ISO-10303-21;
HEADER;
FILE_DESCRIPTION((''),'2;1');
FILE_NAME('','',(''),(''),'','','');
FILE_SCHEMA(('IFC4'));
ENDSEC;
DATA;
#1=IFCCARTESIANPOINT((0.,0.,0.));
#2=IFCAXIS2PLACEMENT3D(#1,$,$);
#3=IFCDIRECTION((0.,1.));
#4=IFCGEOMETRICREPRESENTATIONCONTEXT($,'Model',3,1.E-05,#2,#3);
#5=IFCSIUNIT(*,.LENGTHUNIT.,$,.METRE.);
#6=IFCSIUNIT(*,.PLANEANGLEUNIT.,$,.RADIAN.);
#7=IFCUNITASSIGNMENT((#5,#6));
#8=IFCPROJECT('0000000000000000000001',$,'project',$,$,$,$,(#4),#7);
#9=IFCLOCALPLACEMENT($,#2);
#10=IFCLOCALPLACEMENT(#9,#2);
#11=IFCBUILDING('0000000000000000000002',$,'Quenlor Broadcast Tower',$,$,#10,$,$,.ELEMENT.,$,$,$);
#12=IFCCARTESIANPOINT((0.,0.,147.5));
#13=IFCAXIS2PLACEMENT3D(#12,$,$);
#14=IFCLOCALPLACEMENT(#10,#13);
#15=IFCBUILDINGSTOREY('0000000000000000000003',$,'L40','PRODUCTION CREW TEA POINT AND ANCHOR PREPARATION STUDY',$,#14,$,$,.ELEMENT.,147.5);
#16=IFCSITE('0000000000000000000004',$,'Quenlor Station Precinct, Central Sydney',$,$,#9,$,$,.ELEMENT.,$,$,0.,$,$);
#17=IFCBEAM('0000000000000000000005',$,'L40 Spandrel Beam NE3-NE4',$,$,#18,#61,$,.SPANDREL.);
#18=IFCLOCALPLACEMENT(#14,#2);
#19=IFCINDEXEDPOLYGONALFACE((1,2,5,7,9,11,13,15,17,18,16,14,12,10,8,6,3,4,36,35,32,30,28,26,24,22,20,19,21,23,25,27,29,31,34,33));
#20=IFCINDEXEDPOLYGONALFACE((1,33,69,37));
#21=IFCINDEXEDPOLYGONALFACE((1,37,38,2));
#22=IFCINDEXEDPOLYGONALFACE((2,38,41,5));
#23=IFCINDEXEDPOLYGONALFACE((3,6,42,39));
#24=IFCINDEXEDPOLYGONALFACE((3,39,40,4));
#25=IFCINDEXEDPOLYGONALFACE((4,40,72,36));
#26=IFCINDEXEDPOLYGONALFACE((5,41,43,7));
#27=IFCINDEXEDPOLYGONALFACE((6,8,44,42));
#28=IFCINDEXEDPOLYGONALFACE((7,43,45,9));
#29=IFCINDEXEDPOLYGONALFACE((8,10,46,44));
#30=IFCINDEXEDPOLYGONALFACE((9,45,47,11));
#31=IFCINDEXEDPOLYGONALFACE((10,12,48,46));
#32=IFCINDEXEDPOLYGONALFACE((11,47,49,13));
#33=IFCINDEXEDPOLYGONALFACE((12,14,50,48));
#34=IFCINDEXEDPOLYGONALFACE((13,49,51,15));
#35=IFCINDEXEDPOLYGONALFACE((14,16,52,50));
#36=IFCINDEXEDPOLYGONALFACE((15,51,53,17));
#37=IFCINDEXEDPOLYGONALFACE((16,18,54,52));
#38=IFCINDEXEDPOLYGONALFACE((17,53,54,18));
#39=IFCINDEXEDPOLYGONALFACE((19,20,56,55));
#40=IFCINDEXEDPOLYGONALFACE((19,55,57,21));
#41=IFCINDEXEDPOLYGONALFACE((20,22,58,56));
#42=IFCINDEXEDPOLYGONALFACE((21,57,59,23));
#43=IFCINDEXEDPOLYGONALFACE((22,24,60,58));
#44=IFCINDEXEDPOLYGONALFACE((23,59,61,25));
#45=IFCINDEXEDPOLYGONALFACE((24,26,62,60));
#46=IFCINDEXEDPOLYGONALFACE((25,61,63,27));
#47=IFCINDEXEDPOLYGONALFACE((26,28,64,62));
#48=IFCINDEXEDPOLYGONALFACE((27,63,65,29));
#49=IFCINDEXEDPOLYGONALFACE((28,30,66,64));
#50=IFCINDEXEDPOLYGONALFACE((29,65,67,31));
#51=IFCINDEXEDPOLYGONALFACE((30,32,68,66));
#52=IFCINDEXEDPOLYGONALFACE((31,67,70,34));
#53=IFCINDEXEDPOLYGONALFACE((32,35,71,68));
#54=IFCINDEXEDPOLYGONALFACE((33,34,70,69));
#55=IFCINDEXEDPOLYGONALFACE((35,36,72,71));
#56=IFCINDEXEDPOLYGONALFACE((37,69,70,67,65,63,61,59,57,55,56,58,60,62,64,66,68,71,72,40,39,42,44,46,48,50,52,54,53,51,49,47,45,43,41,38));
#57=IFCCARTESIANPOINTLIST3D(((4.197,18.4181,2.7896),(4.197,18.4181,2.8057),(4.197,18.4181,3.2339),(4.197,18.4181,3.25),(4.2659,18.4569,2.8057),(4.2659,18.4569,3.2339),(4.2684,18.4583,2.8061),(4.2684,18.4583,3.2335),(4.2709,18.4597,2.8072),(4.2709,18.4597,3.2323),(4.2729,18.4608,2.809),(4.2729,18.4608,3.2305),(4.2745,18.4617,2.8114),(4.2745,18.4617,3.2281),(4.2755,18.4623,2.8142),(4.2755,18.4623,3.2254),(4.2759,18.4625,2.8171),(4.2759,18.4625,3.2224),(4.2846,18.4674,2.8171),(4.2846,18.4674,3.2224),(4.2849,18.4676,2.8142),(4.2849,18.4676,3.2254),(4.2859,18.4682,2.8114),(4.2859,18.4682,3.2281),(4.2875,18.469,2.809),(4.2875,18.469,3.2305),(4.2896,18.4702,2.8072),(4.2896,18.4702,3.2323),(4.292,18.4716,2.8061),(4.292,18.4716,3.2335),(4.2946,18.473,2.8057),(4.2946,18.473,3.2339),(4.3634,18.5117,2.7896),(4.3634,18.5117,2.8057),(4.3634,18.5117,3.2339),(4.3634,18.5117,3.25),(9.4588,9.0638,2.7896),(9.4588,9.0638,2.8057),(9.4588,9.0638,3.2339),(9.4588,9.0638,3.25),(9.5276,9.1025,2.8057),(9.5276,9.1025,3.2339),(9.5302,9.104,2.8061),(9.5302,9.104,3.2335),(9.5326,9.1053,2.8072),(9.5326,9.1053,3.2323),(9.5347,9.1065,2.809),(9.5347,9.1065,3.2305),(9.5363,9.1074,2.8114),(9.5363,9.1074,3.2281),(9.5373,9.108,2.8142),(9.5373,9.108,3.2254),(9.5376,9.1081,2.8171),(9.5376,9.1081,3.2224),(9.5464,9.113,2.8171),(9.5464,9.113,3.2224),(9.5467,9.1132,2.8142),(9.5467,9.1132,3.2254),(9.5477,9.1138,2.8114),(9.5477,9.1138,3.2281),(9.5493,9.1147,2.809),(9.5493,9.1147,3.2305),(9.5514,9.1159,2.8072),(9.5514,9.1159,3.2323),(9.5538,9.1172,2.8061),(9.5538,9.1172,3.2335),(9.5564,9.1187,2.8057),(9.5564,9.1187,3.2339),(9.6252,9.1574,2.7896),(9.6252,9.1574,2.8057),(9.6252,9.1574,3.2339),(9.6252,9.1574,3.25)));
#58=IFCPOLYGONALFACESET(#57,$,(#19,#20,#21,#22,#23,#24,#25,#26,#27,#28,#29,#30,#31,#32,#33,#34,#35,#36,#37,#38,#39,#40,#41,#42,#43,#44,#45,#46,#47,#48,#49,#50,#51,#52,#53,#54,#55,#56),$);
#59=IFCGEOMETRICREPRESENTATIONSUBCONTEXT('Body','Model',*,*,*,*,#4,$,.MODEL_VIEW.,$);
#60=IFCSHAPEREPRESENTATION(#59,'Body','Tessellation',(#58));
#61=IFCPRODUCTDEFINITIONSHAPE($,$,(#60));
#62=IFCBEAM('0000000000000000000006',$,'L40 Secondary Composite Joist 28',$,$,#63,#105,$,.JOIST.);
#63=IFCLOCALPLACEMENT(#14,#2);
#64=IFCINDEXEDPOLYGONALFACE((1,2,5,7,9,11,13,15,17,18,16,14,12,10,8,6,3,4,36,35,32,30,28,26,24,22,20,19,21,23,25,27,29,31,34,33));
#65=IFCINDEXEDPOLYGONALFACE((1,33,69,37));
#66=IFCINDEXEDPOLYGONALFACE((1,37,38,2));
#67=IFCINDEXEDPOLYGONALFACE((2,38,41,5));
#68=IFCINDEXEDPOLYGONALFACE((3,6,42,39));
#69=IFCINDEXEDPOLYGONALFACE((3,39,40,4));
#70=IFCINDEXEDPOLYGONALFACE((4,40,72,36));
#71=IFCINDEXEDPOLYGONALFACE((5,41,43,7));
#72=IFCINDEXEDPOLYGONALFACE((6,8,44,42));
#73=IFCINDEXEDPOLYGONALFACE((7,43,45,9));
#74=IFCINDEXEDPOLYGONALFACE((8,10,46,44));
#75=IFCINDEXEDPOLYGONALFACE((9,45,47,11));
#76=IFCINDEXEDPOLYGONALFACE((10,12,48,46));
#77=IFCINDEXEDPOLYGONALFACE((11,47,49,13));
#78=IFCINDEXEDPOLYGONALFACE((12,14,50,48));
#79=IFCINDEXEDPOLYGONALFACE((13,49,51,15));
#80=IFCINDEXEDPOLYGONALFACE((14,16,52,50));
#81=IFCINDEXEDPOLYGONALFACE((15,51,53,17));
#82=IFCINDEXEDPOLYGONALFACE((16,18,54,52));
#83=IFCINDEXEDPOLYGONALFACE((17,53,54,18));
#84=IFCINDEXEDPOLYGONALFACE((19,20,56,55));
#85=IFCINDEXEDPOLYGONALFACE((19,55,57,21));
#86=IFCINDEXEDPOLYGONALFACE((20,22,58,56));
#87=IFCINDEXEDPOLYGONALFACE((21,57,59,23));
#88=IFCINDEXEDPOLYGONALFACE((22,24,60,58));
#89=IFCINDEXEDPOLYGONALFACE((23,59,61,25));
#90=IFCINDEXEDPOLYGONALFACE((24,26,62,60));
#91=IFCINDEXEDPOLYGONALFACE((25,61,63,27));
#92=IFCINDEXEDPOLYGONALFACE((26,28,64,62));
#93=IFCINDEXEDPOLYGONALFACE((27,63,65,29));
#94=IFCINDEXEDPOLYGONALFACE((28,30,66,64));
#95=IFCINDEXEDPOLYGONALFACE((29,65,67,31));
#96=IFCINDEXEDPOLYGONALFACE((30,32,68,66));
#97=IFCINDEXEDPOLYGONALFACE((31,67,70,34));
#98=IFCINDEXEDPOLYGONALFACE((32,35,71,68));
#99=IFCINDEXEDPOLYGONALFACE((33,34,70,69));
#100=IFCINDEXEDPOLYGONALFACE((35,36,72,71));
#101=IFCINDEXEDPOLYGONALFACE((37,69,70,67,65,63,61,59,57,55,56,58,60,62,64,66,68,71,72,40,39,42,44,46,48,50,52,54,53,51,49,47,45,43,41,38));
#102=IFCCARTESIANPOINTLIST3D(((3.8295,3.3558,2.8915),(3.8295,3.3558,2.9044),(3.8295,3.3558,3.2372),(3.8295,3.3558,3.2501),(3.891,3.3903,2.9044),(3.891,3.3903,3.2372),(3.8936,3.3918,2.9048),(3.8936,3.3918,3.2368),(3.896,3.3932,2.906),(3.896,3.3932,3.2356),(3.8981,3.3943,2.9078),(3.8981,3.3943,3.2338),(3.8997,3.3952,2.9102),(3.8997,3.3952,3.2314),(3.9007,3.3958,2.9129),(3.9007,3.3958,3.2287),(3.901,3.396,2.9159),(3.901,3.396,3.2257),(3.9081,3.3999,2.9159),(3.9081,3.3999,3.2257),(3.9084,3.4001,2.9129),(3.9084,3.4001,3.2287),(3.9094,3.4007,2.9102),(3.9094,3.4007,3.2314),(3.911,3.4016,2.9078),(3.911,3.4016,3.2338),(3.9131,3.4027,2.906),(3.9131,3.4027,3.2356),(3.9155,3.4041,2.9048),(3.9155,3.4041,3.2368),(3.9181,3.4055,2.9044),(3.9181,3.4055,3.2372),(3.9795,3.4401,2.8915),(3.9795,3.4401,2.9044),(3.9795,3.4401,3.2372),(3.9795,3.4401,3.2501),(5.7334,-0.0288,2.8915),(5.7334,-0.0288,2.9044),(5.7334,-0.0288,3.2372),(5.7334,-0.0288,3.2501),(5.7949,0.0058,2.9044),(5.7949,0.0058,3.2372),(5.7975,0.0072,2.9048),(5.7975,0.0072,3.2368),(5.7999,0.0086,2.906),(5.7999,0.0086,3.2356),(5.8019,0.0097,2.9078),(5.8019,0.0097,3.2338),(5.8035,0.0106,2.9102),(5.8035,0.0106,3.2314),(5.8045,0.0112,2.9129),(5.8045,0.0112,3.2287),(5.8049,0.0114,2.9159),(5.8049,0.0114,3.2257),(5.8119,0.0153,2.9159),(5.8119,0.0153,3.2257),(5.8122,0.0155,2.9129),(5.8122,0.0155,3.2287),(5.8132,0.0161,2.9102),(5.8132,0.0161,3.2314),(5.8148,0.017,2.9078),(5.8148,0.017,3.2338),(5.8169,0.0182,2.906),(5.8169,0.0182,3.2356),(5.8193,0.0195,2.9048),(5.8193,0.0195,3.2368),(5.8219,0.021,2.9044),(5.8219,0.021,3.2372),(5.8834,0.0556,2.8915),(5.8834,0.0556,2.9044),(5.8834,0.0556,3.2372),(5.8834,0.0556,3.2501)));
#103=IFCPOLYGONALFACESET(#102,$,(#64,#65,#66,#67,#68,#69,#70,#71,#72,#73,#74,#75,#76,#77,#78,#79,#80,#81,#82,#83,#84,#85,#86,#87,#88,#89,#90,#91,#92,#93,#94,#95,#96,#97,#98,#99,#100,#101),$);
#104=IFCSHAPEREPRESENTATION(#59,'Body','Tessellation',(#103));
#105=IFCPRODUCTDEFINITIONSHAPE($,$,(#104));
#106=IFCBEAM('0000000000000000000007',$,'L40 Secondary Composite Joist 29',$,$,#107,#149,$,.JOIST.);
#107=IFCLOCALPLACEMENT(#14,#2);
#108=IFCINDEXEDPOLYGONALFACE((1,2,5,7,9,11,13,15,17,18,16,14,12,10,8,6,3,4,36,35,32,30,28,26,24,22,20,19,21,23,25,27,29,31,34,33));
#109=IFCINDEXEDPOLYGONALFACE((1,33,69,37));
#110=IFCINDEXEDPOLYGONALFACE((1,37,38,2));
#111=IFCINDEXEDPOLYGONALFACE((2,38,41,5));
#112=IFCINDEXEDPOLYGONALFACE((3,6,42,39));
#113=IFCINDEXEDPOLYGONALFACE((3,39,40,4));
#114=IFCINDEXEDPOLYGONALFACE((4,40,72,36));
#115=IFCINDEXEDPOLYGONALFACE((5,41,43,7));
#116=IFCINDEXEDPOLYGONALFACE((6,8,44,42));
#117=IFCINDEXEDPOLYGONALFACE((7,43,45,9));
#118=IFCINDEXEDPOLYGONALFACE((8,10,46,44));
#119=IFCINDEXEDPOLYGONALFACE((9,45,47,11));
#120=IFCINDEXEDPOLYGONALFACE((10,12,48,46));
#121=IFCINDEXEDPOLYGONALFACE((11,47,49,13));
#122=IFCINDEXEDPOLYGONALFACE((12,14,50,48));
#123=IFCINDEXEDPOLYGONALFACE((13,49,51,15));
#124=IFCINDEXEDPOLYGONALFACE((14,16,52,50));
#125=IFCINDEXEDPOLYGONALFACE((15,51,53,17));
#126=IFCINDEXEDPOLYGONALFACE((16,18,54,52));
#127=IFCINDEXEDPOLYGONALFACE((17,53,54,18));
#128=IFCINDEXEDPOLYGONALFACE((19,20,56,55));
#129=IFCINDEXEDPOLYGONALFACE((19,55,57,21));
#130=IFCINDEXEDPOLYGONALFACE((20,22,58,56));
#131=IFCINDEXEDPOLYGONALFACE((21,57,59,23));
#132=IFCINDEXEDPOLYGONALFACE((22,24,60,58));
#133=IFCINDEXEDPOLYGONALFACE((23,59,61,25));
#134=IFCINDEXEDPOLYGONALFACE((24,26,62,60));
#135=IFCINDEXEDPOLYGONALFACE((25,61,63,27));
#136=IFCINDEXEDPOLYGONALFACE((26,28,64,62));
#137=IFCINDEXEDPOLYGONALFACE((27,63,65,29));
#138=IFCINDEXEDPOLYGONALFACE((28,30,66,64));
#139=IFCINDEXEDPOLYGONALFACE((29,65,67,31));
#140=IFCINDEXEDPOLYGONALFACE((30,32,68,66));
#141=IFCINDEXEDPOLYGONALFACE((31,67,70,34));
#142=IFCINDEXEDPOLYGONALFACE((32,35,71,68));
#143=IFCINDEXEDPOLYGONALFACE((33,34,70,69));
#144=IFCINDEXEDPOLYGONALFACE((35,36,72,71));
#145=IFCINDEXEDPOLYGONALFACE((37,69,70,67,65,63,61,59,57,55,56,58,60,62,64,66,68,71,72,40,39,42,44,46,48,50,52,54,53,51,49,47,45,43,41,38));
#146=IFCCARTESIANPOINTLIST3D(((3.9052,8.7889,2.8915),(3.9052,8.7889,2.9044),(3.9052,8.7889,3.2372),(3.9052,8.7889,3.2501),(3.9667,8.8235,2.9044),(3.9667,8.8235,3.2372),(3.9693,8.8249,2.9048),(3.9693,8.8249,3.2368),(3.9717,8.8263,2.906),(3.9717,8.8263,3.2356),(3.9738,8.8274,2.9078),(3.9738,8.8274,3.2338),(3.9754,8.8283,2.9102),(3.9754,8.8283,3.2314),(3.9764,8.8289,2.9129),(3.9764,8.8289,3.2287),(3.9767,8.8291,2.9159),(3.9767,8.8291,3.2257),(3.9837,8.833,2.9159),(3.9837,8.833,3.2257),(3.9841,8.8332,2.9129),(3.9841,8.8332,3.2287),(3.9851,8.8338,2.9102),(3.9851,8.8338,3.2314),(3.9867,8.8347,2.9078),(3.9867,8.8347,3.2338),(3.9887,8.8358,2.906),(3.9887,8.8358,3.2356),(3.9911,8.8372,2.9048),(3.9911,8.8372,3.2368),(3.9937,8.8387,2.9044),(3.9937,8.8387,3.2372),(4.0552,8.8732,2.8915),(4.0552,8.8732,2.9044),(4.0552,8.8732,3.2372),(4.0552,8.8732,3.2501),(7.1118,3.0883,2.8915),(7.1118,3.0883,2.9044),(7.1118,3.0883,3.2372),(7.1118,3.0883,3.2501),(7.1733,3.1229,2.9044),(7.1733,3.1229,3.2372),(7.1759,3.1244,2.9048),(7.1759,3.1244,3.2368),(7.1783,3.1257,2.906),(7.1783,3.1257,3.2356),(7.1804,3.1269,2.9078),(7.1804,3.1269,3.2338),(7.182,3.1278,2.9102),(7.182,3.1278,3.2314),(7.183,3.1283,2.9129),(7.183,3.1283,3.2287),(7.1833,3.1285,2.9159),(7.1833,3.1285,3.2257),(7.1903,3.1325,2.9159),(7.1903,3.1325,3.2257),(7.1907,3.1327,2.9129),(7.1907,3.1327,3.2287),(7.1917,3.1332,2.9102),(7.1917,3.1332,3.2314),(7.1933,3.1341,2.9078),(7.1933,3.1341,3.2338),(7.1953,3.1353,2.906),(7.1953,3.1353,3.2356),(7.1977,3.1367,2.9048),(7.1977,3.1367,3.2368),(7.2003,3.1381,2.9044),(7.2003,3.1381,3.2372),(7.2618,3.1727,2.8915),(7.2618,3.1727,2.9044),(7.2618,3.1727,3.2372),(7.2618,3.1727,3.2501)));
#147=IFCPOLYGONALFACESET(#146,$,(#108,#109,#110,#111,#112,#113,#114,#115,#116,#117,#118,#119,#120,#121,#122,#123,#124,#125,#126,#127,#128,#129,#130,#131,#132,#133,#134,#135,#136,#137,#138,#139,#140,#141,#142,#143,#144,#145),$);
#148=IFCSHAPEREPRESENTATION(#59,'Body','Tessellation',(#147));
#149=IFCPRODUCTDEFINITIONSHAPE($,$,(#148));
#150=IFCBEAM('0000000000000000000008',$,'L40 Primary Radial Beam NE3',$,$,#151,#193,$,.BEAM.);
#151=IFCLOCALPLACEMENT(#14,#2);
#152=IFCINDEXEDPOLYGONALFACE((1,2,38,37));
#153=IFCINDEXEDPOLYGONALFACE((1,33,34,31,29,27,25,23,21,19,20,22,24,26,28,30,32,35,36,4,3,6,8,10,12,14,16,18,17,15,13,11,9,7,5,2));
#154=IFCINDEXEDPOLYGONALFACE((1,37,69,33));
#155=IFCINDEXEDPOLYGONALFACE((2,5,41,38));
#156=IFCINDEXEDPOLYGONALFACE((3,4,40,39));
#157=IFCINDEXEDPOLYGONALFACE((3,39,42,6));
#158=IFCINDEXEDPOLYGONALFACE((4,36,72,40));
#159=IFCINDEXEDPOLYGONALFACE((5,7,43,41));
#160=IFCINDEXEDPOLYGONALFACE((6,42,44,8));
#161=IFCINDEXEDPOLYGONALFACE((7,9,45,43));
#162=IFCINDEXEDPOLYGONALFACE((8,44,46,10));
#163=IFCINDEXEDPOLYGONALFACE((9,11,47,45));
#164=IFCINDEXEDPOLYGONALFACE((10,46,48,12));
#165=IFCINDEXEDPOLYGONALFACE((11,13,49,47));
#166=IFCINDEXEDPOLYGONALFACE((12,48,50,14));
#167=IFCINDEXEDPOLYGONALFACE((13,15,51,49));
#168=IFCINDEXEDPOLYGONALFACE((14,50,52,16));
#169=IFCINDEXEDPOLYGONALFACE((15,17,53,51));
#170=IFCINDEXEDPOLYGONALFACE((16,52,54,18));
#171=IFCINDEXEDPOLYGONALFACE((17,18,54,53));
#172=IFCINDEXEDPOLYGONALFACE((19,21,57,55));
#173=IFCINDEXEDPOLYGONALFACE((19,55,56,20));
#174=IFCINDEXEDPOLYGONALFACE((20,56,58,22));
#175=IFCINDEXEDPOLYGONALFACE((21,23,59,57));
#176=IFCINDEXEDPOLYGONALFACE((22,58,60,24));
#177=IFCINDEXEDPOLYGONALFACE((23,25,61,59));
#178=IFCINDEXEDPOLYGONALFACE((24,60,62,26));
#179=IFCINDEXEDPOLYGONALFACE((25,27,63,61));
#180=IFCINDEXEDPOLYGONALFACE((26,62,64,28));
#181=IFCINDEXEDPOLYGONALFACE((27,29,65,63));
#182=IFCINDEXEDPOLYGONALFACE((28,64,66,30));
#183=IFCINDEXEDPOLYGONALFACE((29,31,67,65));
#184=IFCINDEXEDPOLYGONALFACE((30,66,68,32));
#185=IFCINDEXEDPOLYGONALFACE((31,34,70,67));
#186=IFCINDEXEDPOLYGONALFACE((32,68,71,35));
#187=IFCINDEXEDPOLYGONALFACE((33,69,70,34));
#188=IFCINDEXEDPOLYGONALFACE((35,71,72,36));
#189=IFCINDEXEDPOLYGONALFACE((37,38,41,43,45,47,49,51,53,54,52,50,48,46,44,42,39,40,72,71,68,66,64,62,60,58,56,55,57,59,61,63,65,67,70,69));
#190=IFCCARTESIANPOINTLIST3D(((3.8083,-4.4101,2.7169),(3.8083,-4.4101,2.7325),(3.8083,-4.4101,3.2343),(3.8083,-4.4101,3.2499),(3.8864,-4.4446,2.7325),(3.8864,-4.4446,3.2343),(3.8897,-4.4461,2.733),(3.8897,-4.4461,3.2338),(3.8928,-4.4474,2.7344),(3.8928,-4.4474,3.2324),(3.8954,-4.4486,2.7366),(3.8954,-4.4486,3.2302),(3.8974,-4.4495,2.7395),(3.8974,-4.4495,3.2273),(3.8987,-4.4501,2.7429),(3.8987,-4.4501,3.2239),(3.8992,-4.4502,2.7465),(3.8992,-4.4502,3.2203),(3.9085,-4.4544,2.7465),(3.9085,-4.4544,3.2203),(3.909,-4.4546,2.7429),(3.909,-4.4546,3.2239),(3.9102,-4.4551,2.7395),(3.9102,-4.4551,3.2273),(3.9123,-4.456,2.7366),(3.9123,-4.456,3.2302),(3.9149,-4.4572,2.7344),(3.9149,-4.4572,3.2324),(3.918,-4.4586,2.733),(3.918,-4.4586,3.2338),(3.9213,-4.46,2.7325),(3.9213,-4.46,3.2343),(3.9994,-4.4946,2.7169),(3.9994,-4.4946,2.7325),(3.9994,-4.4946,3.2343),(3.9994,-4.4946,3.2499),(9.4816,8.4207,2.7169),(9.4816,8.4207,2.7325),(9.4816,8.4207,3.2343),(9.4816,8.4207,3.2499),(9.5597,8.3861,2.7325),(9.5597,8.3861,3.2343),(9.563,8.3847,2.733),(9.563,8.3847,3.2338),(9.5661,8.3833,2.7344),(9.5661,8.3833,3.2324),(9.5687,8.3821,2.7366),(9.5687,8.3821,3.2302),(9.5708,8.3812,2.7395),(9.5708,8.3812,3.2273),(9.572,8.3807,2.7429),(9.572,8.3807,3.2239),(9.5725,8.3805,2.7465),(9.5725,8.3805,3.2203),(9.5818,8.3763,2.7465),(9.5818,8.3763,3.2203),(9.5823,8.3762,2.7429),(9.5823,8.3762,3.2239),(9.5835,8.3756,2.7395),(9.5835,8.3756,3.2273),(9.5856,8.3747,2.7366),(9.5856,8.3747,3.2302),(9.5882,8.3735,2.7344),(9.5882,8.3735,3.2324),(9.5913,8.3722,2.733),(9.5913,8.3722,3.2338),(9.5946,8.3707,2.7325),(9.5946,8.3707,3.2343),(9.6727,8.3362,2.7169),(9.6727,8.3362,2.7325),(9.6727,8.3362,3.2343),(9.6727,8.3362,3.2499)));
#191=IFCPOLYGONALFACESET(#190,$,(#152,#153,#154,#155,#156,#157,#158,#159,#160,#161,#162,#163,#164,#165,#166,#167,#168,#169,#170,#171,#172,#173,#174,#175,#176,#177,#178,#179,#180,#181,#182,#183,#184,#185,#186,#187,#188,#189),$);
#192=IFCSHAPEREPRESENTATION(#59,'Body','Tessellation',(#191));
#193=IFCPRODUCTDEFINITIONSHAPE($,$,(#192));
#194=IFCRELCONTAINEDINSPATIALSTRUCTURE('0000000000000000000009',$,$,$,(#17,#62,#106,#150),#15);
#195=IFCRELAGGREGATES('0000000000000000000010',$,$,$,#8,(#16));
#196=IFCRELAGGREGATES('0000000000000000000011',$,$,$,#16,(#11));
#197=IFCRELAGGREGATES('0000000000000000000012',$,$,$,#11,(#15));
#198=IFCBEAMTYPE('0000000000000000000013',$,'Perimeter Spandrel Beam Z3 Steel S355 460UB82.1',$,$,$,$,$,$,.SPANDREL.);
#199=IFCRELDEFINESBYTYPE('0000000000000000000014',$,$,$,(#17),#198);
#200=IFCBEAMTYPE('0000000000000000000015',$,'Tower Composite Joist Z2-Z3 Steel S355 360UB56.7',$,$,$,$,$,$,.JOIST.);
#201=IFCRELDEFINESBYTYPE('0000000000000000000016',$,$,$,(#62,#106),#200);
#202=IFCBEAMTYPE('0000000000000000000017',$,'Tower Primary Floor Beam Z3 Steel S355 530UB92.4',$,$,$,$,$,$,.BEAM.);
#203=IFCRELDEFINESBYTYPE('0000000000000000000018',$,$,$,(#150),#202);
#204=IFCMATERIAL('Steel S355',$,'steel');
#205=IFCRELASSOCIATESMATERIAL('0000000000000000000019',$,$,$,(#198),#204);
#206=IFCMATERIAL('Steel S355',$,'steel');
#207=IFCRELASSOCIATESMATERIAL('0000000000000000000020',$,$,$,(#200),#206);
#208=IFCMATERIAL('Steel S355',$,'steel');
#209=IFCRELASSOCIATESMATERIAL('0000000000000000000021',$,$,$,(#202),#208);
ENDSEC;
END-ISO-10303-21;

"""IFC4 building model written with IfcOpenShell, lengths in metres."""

from ifc_helpers import new_model, si_unit, direction, frame, origin, origin_2d, place, context, subcontext, project, spatial, i_section, extrude, material, material_profile, profile_set, type_object, element, save


model = new_model("IFC4")

# Units and contexts
model_context = context("Model", 3, precision=1e-05, world=origin(), true_north=direction((0.0, 1.0)))
body_context = subcontext(model_context, "Body", "Model", "MODEL_VIEW")
ifc_project = project(units=[si_unit("LENGTHUNIT", "METRE"), si_unit("PLANEANGLEUNIT", "RADIAN")], contexts=[model_context])

# Site, building, storey
site_placement = place(None, origin())
site = spatial("IfcSite", under=ifc_project, at=site_placement, Name="Quenlor Station Precinct, Central Sydney", CompositionType="ELEMENT", RefElevation=0.0)
building_placement = place(site_placement, origin())
building = spatial("IfcBuilding", under=site, at=building_placement, Name="Quenlor Broadcast Tower", CompositionType="ELEMENT")
storey_placement = place(building_placement, frame((0.0, 0.0, 147.5)))
storey = spatial("IfcBuildingStorey", under=building, at=storey_placement, Name="L40", Description="PRODUCTION CREW TEA POINT AND ANCHOR PREPARATION STUDY", CompositionType="ELEMENT", Elevation=147.5)

# Beams
ifc_material_1 = material(Name="Steel S355", Category="steel")
ifc_material_profile_1 = material_profile(ifc_material_1, i_section(OverallWidth=0.1909, OverallDepth=0.4604, WebThickness=0.01, FlangeThickness=0.0161, FilletRadius=0.0115, at=origin_2d()))
ifc_profile_set_1 = profile_set([ifc_material_profile_1], Name="Steel S355 460UB82.1")
beam_type_1 = type_object("IfcBeamType", Name="Perimeter Spandrel Beam Z3 Steel S355 460UB82.1", PredefinedType="SPANDREL", material=ifc_profile_set_1)
beam_1_placement = place(storey_placement, frame((9.542, 9.1106, 3.0198), z_axis=(-0.490258, 0.871577, 0.0), x_axis=(-0.871577, -0.490258, 0.0)))
element("IfcBeam", 1, at=beam_1_placement, inside=storey, type_object=beam_type_1, Name="L40 Spandrel Beam NE3-NE4", PredefinedType="SPANDREL", context=body_context, shape_type="SweptSolid", body=[
    extrude(i_section(OverallWidth=0.1909, OverallDepth=0.4604, WebThickness=0.01, FlangeThickness=0.0161, FilletRadius=0.0115, at=origin_2d()), origin(), (0.0, 0.0, 1.0), 10.7327),
])
ifc_material_2 = material(Name="Steel S355", Category="steel")
ifc_material_profile_2 = material_profile(ifc_material_2, i_section(OverallWidth=0.1721, OverallDepth=0.3586, WebThickness=0.0081, FlangeThickness=0.0129, FilletRadius=0.0115, at=origin_2d()))
ifc_profile_set_2 = profile_set([ifc_material_profile_2], Name="Steel S355 360UB56.7")
beam_type_2 = type_object("IfcBeamType", Name="Tower Composite Joist Z2-Z3 Steel S355 360UB56.7", PredefinedType="JOIST", material=ifc_profile_set_2)
beam_2_placement = place(storey_placement, frame((3.9045, 3.3979, 3.0708), z_axis=(0.490264, -0.871574, 0.0), x_axis=(0.871574, 0.490264, 0.0)))
element("IfcBeam", 2, at=beam_2_placement, inside=storey, type_object=beam_type_2, Name="L40 Secondary Composite Joist 28", PredefinedType="JOIST", context=body_context, shape_type="SweptSolid", body=[
    extrude(i_section(OverallWidth=0.1721, OverallDepth=0.3586, WebThickness=0.0081, FlangeThickness=0.0129, FilletRadius=0.0115, at=origin_2d()), origin(), (0.0, 0.0, 1.0), 3.8833),
])
beam_3_placement = place(storey_placement, frame((3.9802, 8.8311, 3.0708), z_axis=(0.490267, -0.871573, 0.0), x_axis=(0.871573, 0.490267, 0.0)))
element("IfcBeam", 3, at=beam_3_placement, inside=storey, type_object=beam_type_2, Name="L40 Secondary Composite Joist 29", PredefinedType="JOIST", context=body_context, shape_type="SweptSolid", body=[
    extrude(i_section(OverallWidth=0.1721, OverallDepth=0.3586, WebThickness=0.0081, FlangeThickness=0.0129, FilletRadius=0.0115, at=origin_2d()), origin(), (0.0, 0.0, 1.0), 6.5405),
])
ifc_material_3 = material(Name="Steel S355", Category="steel")
ifc_material_profile_3 = material_profile(ifc_material_3, i_section(OverallWidth=0.209, OverallDepth=0.533, WebThickness=0.0103, FlangeThickness=0.0156, FilletRadius=0.0139, at=origin_2d()))
ifc_profile_set_3 = profile_set([ifc_material_profile_3], Name="Steel S355 530UB92.4")
beam_type_3 = type_object("IfcBeamType", Name="Tower Primary Floor Beam Z3 Steel S355 530UB92.4", PredefinedType="BEAM", material=ifc_profile_set_3)
beam_4_placement = place(storey_placement, frame((9.5771, 8.3784, 2.9834), z_axis=(-0.404397, -0.914583, 0.0), x_axis=(0.914583, -0.404397, 0.0)))
element("IfcBeam", 4, at=beam_4_placement, inside=storey, type_object=beam_type_3, Name="L40 Primary Radial Beam NE3", PredefinedType="BEAM", context=body_context, shape_type="SweptSolid", body=[
    extrude(i_section(OverallWidth=0.209, OverallDepth=0.533, WebThickness=0.0103, FlangeThickness=0.0156, FilletRadius=0.0139, at=origin_2d()), origin(), (0.0, 0.0, 1.0), 14.0291),
])

save(model, "model.ifc")
